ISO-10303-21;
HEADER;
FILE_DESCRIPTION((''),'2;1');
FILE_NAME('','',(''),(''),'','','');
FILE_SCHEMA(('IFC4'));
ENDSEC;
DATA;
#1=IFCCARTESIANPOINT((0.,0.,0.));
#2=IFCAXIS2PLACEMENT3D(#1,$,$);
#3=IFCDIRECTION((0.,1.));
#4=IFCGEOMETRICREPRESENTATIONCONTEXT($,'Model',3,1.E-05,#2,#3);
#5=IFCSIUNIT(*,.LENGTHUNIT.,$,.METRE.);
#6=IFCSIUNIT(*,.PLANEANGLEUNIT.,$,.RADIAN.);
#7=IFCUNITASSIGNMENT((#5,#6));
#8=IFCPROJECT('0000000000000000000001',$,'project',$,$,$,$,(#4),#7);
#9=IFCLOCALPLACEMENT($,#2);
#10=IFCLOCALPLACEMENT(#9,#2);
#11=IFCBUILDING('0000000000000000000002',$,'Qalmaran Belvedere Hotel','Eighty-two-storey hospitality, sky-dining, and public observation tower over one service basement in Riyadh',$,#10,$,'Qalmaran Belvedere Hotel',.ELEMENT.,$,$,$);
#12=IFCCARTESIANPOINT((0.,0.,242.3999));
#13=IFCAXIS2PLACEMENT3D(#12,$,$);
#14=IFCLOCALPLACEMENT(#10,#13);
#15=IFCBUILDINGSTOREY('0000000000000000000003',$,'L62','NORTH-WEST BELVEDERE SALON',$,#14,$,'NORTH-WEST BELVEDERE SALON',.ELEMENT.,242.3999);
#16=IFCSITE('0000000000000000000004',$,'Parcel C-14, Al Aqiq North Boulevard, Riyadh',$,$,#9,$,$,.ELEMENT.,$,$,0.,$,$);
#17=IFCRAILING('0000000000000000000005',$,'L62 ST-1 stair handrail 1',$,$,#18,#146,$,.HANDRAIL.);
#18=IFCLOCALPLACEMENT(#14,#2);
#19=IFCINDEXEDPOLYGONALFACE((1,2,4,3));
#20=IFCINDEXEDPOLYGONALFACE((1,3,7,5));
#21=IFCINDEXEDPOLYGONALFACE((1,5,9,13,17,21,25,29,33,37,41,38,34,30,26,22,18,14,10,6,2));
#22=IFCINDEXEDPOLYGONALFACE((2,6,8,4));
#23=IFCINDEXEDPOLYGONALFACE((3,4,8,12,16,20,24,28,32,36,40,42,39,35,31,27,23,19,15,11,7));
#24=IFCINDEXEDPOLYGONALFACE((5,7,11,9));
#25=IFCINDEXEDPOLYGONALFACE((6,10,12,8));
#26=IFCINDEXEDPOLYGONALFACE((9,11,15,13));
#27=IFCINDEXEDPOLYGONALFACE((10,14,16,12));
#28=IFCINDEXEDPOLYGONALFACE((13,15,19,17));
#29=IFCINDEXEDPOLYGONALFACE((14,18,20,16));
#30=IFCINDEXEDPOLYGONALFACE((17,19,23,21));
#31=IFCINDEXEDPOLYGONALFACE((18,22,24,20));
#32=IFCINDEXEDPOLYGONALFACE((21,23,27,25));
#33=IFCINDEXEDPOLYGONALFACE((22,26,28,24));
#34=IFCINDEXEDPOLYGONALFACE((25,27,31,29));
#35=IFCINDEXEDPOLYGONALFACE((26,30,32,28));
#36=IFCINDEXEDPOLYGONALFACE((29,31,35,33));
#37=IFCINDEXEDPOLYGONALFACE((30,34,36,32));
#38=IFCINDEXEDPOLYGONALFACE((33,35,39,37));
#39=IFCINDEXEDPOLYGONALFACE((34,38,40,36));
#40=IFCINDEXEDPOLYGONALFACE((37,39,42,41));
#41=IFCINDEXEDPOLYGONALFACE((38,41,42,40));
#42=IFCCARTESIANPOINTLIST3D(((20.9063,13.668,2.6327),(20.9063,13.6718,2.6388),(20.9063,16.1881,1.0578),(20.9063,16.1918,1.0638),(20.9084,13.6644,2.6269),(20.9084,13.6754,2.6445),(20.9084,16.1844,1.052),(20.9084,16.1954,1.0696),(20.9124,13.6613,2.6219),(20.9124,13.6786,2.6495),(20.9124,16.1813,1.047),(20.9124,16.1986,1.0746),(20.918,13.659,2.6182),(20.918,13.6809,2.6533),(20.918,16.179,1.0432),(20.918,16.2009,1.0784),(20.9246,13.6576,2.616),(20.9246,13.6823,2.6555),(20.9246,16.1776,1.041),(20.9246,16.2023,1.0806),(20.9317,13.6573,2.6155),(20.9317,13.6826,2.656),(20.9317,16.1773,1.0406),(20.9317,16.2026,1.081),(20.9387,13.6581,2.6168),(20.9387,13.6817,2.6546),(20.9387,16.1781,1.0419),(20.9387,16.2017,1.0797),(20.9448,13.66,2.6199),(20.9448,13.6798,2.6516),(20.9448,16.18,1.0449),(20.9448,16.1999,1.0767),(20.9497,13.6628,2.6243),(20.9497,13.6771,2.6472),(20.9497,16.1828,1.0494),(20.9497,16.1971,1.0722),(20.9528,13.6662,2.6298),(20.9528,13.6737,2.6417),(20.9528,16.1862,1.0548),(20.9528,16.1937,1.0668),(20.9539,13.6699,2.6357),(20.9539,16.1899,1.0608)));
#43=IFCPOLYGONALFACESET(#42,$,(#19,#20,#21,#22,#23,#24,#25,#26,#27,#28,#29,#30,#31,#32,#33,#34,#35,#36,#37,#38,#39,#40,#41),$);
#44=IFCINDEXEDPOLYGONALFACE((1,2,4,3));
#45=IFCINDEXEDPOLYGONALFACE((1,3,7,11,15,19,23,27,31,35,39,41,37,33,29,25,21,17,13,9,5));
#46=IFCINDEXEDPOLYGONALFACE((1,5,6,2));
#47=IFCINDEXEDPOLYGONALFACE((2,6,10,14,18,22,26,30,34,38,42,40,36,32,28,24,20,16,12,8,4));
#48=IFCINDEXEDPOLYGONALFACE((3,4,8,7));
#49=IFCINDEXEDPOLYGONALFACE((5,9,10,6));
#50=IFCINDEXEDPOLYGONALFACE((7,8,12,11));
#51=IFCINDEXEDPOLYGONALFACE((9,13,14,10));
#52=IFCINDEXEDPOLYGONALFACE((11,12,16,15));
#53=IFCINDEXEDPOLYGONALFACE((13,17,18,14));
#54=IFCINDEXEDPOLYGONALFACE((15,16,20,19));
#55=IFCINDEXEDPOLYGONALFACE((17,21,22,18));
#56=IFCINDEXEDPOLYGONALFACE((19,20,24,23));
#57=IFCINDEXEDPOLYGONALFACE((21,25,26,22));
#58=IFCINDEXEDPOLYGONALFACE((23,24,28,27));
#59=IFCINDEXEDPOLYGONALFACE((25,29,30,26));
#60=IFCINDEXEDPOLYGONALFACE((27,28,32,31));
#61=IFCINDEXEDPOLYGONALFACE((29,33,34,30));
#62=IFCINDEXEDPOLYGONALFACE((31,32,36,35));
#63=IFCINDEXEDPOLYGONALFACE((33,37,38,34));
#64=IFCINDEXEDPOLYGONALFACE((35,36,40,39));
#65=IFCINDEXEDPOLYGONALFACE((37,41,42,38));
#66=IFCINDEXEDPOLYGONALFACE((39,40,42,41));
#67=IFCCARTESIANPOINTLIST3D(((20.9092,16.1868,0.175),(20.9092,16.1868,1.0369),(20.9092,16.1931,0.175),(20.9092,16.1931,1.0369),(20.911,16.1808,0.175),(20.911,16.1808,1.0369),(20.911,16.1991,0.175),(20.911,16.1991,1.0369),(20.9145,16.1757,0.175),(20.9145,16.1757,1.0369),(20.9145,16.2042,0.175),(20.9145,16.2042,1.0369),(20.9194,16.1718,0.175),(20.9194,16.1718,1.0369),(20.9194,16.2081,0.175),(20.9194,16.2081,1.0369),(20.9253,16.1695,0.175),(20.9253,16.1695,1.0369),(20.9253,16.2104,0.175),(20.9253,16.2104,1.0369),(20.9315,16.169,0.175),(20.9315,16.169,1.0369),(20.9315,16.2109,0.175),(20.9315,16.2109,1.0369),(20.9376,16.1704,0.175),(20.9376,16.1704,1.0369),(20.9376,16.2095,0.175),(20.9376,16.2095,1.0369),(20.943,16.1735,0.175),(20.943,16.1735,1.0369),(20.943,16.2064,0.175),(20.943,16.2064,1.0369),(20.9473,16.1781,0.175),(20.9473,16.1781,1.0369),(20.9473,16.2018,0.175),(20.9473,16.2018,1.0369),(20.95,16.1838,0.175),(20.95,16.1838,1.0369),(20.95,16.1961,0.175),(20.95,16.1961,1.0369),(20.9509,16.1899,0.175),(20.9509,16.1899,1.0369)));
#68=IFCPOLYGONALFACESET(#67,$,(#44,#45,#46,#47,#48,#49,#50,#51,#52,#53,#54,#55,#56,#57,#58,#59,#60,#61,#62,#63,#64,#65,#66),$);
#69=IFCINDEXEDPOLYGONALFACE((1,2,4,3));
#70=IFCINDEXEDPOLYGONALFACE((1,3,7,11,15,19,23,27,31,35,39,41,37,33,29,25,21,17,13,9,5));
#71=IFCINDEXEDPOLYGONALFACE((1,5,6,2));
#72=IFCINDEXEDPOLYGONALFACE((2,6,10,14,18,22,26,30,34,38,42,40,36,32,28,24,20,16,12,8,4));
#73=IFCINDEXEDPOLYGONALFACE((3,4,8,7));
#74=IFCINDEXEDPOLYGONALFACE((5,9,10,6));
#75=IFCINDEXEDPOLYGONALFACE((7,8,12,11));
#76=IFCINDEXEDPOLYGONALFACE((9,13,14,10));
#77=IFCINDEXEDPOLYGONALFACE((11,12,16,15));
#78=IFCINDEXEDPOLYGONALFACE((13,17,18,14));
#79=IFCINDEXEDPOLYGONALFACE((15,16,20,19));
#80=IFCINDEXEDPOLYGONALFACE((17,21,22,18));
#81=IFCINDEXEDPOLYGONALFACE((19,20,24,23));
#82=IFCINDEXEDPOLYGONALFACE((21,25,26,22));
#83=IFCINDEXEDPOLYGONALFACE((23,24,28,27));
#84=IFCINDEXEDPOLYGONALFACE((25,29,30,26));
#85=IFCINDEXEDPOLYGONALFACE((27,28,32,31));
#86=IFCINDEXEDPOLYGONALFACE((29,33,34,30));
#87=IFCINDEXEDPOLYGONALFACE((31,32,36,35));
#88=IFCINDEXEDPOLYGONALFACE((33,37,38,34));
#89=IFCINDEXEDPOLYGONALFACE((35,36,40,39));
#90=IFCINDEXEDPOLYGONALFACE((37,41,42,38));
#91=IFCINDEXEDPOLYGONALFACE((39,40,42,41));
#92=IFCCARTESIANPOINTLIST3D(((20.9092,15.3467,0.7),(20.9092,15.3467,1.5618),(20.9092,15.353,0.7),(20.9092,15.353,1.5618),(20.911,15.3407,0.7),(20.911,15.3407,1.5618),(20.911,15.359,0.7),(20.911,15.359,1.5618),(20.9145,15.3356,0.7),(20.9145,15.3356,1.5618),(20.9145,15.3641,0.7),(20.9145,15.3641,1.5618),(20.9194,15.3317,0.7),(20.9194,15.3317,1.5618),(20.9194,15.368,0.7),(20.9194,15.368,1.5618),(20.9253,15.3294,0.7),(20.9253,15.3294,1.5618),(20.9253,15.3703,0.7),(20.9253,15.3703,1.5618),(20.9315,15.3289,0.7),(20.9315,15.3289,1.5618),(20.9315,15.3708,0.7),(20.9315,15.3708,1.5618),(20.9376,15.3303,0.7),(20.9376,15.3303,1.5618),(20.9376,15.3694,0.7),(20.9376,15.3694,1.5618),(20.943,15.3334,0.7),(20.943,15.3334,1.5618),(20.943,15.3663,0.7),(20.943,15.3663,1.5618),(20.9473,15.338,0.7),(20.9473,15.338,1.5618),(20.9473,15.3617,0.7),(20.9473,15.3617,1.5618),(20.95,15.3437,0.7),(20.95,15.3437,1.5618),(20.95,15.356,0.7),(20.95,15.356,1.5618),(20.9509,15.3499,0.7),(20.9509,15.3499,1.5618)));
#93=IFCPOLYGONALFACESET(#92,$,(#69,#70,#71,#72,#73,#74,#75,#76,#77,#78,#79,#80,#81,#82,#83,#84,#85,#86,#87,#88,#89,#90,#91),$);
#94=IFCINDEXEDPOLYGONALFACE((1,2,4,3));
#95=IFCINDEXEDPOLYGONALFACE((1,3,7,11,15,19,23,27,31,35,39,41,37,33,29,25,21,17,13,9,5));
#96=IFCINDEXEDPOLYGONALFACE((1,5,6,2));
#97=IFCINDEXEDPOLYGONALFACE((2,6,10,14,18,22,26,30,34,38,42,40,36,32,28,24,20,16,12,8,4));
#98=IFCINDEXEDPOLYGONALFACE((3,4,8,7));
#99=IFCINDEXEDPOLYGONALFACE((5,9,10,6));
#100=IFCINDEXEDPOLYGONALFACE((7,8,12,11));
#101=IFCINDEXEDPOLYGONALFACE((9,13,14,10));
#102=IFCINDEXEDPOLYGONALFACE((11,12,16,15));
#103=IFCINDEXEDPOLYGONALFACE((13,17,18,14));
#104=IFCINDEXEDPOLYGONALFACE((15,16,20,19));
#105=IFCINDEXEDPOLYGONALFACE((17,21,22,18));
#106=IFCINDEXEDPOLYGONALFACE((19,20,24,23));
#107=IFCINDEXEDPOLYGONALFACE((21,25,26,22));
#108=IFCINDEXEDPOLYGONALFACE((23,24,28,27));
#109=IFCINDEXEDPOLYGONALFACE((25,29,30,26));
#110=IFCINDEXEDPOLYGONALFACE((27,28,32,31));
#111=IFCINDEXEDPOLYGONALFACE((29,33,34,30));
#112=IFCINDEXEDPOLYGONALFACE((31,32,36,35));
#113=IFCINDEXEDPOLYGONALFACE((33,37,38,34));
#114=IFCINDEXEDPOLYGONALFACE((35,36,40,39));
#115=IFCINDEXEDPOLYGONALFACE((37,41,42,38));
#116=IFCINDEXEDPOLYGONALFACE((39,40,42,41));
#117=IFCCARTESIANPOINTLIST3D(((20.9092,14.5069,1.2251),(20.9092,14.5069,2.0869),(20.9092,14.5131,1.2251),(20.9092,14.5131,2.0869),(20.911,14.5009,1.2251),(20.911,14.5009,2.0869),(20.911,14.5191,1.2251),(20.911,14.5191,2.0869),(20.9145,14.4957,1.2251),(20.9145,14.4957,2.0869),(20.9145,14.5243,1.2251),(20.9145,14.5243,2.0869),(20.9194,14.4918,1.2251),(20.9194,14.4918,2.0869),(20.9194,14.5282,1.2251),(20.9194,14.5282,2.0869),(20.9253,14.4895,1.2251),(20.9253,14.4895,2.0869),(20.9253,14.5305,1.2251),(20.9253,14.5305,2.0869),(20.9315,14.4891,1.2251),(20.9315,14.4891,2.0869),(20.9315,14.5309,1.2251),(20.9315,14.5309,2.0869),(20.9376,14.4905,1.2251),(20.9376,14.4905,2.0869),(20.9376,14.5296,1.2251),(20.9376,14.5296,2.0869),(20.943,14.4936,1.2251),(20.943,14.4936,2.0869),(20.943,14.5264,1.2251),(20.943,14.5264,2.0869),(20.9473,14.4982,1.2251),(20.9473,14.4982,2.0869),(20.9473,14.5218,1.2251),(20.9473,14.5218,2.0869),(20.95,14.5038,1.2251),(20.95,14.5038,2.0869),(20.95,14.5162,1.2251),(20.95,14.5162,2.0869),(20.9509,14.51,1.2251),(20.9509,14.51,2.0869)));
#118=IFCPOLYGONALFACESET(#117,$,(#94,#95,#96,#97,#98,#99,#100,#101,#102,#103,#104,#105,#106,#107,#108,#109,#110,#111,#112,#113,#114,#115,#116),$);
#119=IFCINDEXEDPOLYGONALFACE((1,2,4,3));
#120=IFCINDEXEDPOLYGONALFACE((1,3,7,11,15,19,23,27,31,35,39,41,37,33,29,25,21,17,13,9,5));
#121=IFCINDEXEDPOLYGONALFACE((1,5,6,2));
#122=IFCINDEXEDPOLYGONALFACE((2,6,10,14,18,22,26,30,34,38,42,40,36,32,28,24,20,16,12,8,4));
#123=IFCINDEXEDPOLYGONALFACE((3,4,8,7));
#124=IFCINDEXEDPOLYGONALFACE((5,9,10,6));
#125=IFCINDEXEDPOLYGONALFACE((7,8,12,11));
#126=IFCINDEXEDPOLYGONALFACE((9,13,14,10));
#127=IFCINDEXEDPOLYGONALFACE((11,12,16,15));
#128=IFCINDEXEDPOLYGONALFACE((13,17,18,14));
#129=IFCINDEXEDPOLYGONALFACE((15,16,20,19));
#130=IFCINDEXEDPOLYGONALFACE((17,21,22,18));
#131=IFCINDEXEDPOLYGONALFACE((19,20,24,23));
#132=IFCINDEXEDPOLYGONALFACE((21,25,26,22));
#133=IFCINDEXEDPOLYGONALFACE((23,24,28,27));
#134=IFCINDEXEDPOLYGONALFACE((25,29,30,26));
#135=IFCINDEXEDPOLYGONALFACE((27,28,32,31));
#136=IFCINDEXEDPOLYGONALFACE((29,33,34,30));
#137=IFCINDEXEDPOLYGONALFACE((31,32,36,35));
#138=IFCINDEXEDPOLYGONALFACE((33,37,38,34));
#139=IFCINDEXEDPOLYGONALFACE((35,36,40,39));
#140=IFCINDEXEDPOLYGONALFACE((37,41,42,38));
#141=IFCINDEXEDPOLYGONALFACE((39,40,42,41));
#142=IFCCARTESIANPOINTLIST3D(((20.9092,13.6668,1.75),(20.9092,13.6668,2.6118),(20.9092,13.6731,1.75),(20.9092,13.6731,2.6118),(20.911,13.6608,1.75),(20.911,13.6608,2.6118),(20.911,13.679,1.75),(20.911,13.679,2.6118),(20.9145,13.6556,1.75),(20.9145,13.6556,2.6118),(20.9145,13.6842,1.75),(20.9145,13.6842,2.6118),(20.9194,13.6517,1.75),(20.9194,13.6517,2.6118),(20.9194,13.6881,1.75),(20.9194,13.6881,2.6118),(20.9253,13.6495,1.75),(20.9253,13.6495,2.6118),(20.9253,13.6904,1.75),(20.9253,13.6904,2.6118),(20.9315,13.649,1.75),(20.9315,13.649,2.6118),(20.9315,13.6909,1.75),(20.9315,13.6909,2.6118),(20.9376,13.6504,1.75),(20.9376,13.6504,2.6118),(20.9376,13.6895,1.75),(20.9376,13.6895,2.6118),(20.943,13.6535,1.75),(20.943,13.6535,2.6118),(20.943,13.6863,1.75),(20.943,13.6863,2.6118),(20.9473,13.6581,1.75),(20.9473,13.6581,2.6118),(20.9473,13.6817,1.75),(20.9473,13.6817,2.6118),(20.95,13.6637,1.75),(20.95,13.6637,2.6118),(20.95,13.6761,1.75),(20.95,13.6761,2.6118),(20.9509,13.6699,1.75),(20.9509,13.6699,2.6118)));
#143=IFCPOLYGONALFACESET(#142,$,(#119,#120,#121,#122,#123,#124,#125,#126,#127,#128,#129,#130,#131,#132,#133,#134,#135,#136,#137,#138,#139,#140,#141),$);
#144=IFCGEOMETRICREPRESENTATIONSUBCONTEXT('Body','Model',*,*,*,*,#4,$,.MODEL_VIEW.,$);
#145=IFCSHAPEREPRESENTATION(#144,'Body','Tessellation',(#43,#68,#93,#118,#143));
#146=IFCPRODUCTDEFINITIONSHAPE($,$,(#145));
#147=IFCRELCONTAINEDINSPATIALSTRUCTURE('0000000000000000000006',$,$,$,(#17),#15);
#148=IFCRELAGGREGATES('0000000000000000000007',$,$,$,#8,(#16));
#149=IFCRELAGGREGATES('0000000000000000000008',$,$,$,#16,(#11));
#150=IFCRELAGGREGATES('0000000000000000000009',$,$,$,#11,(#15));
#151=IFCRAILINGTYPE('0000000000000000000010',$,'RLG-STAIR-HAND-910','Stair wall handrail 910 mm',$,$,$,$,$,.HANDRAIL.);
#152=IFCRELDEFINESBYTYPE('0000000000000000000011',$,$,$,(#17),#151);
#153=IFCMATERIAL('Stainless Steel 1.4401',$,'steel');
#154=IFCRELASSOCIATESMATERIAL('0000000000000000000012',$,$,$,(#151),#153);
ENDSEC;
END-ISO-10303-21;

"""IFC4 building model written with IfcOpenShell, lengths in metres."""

from ifc_helpers import new_model, si_unit, direction, frame, origin, origin_2d, place, context, subcontext, project, spatial, circle, extrude, material, type_object, element, save


model = new_model("IFC4")

# Units and contexts
model_context = context("Model", 3, precision=1e-05, world=origin(), true_north=direction((0.0, 1.0)))
body_context = subcontext(model_context, "Body", "Model", "MODEL_VIEW")
ifc_project = project(units=[si_unit("LENGTHUNIT", "METRE"), si_unit("PLANEANGLEUNIT", "RADIAN")], contexts=[model_context])

# Site, building, storey
site_placement = place(None, origin())
site = spatial("IfcSite", under=ifc_project, at=site_placement, Name="Parcel C-14, Al Aqiq North Boulevard, Riyadh", CompositionType="ELEMENT", RefElevation=0.0)
building_placement = place(site_placement, origin())
building = spatial("IfcBuilding", under=site, at=building_placement, Name="Qalmaran Belvedere Hotel", Description="Eighty-two-storey hospitality, sky-dining, and public observation tower over one service basement in Riyadh", LongName="Qalmaran Belvedere Hotel", CompositionType="ELEMENT")
storey_placement = place(building_placement, frame((0.0, 0.0, 242.3999)))
storey = spatial("IfcBuildingStorey", under=building, at=storey_placement, Name="L62", Description="NORTH-WEST BELVEDERE SALON", LongName="NORTH-WEST BELVEDERE SALON", CompositionType="ELEMENT", Elevation=242.3999)

# Railing
ifc_material_1 = material(Name="Stainless Steel 1.4401", Category="steel")
railing_type_1 = type_object("IfcRailingType", Name="RLG-STAIR-HAND-910", Description="Stair wall handrail 910 mm", PredefinedType="HANDRAIL", material=ifc_material_1)
railing_1_placement = place(storey_placement, frame((20.9299, 16.1899, 0.175)))
element("IfcRailing", 1, at=railing_1_placement, inside=storey, type_object=railing_type_1, Name="L62 ST-1 stair handrail 1", PredefinedType="HANDRAIL", context=body_context, shape_type="SweptSolid", body=[
    extrude(circle(Radius=0.0239, at=origin_2d()), frame((0.0, 0.0, 0.8857), z_axis=(0.0, -0.848008, 0.529984), x_axis=(1.0, 0.0, 0.0)), (0.0, 0.0, 1.0), 2.9717),
    extrude(circle(Radius=0.021, at=origin_2d()), origin(), (0.0, 0.0, 1.0), 0.8618),
    extrude(circle(Radius=0.021, at=origin_2d()), frame((0.0, -0.8401, 0.5249)), (0.0, 0.0, 1.0), 0.8618),
    extrude(circle(Radius=0.021, at=origin_2d()), frame((0.0, -1.6799, 1.05)), (0.0, 0.0, 1.0), 0.8618),
    extrude(circle(Radius=0.021, at=origin_2d()), frame((0.0, -2.52, 1.575)), (0.0, 0.0, 1.0), 0.8618),
])

save(model, "model.ifc")
